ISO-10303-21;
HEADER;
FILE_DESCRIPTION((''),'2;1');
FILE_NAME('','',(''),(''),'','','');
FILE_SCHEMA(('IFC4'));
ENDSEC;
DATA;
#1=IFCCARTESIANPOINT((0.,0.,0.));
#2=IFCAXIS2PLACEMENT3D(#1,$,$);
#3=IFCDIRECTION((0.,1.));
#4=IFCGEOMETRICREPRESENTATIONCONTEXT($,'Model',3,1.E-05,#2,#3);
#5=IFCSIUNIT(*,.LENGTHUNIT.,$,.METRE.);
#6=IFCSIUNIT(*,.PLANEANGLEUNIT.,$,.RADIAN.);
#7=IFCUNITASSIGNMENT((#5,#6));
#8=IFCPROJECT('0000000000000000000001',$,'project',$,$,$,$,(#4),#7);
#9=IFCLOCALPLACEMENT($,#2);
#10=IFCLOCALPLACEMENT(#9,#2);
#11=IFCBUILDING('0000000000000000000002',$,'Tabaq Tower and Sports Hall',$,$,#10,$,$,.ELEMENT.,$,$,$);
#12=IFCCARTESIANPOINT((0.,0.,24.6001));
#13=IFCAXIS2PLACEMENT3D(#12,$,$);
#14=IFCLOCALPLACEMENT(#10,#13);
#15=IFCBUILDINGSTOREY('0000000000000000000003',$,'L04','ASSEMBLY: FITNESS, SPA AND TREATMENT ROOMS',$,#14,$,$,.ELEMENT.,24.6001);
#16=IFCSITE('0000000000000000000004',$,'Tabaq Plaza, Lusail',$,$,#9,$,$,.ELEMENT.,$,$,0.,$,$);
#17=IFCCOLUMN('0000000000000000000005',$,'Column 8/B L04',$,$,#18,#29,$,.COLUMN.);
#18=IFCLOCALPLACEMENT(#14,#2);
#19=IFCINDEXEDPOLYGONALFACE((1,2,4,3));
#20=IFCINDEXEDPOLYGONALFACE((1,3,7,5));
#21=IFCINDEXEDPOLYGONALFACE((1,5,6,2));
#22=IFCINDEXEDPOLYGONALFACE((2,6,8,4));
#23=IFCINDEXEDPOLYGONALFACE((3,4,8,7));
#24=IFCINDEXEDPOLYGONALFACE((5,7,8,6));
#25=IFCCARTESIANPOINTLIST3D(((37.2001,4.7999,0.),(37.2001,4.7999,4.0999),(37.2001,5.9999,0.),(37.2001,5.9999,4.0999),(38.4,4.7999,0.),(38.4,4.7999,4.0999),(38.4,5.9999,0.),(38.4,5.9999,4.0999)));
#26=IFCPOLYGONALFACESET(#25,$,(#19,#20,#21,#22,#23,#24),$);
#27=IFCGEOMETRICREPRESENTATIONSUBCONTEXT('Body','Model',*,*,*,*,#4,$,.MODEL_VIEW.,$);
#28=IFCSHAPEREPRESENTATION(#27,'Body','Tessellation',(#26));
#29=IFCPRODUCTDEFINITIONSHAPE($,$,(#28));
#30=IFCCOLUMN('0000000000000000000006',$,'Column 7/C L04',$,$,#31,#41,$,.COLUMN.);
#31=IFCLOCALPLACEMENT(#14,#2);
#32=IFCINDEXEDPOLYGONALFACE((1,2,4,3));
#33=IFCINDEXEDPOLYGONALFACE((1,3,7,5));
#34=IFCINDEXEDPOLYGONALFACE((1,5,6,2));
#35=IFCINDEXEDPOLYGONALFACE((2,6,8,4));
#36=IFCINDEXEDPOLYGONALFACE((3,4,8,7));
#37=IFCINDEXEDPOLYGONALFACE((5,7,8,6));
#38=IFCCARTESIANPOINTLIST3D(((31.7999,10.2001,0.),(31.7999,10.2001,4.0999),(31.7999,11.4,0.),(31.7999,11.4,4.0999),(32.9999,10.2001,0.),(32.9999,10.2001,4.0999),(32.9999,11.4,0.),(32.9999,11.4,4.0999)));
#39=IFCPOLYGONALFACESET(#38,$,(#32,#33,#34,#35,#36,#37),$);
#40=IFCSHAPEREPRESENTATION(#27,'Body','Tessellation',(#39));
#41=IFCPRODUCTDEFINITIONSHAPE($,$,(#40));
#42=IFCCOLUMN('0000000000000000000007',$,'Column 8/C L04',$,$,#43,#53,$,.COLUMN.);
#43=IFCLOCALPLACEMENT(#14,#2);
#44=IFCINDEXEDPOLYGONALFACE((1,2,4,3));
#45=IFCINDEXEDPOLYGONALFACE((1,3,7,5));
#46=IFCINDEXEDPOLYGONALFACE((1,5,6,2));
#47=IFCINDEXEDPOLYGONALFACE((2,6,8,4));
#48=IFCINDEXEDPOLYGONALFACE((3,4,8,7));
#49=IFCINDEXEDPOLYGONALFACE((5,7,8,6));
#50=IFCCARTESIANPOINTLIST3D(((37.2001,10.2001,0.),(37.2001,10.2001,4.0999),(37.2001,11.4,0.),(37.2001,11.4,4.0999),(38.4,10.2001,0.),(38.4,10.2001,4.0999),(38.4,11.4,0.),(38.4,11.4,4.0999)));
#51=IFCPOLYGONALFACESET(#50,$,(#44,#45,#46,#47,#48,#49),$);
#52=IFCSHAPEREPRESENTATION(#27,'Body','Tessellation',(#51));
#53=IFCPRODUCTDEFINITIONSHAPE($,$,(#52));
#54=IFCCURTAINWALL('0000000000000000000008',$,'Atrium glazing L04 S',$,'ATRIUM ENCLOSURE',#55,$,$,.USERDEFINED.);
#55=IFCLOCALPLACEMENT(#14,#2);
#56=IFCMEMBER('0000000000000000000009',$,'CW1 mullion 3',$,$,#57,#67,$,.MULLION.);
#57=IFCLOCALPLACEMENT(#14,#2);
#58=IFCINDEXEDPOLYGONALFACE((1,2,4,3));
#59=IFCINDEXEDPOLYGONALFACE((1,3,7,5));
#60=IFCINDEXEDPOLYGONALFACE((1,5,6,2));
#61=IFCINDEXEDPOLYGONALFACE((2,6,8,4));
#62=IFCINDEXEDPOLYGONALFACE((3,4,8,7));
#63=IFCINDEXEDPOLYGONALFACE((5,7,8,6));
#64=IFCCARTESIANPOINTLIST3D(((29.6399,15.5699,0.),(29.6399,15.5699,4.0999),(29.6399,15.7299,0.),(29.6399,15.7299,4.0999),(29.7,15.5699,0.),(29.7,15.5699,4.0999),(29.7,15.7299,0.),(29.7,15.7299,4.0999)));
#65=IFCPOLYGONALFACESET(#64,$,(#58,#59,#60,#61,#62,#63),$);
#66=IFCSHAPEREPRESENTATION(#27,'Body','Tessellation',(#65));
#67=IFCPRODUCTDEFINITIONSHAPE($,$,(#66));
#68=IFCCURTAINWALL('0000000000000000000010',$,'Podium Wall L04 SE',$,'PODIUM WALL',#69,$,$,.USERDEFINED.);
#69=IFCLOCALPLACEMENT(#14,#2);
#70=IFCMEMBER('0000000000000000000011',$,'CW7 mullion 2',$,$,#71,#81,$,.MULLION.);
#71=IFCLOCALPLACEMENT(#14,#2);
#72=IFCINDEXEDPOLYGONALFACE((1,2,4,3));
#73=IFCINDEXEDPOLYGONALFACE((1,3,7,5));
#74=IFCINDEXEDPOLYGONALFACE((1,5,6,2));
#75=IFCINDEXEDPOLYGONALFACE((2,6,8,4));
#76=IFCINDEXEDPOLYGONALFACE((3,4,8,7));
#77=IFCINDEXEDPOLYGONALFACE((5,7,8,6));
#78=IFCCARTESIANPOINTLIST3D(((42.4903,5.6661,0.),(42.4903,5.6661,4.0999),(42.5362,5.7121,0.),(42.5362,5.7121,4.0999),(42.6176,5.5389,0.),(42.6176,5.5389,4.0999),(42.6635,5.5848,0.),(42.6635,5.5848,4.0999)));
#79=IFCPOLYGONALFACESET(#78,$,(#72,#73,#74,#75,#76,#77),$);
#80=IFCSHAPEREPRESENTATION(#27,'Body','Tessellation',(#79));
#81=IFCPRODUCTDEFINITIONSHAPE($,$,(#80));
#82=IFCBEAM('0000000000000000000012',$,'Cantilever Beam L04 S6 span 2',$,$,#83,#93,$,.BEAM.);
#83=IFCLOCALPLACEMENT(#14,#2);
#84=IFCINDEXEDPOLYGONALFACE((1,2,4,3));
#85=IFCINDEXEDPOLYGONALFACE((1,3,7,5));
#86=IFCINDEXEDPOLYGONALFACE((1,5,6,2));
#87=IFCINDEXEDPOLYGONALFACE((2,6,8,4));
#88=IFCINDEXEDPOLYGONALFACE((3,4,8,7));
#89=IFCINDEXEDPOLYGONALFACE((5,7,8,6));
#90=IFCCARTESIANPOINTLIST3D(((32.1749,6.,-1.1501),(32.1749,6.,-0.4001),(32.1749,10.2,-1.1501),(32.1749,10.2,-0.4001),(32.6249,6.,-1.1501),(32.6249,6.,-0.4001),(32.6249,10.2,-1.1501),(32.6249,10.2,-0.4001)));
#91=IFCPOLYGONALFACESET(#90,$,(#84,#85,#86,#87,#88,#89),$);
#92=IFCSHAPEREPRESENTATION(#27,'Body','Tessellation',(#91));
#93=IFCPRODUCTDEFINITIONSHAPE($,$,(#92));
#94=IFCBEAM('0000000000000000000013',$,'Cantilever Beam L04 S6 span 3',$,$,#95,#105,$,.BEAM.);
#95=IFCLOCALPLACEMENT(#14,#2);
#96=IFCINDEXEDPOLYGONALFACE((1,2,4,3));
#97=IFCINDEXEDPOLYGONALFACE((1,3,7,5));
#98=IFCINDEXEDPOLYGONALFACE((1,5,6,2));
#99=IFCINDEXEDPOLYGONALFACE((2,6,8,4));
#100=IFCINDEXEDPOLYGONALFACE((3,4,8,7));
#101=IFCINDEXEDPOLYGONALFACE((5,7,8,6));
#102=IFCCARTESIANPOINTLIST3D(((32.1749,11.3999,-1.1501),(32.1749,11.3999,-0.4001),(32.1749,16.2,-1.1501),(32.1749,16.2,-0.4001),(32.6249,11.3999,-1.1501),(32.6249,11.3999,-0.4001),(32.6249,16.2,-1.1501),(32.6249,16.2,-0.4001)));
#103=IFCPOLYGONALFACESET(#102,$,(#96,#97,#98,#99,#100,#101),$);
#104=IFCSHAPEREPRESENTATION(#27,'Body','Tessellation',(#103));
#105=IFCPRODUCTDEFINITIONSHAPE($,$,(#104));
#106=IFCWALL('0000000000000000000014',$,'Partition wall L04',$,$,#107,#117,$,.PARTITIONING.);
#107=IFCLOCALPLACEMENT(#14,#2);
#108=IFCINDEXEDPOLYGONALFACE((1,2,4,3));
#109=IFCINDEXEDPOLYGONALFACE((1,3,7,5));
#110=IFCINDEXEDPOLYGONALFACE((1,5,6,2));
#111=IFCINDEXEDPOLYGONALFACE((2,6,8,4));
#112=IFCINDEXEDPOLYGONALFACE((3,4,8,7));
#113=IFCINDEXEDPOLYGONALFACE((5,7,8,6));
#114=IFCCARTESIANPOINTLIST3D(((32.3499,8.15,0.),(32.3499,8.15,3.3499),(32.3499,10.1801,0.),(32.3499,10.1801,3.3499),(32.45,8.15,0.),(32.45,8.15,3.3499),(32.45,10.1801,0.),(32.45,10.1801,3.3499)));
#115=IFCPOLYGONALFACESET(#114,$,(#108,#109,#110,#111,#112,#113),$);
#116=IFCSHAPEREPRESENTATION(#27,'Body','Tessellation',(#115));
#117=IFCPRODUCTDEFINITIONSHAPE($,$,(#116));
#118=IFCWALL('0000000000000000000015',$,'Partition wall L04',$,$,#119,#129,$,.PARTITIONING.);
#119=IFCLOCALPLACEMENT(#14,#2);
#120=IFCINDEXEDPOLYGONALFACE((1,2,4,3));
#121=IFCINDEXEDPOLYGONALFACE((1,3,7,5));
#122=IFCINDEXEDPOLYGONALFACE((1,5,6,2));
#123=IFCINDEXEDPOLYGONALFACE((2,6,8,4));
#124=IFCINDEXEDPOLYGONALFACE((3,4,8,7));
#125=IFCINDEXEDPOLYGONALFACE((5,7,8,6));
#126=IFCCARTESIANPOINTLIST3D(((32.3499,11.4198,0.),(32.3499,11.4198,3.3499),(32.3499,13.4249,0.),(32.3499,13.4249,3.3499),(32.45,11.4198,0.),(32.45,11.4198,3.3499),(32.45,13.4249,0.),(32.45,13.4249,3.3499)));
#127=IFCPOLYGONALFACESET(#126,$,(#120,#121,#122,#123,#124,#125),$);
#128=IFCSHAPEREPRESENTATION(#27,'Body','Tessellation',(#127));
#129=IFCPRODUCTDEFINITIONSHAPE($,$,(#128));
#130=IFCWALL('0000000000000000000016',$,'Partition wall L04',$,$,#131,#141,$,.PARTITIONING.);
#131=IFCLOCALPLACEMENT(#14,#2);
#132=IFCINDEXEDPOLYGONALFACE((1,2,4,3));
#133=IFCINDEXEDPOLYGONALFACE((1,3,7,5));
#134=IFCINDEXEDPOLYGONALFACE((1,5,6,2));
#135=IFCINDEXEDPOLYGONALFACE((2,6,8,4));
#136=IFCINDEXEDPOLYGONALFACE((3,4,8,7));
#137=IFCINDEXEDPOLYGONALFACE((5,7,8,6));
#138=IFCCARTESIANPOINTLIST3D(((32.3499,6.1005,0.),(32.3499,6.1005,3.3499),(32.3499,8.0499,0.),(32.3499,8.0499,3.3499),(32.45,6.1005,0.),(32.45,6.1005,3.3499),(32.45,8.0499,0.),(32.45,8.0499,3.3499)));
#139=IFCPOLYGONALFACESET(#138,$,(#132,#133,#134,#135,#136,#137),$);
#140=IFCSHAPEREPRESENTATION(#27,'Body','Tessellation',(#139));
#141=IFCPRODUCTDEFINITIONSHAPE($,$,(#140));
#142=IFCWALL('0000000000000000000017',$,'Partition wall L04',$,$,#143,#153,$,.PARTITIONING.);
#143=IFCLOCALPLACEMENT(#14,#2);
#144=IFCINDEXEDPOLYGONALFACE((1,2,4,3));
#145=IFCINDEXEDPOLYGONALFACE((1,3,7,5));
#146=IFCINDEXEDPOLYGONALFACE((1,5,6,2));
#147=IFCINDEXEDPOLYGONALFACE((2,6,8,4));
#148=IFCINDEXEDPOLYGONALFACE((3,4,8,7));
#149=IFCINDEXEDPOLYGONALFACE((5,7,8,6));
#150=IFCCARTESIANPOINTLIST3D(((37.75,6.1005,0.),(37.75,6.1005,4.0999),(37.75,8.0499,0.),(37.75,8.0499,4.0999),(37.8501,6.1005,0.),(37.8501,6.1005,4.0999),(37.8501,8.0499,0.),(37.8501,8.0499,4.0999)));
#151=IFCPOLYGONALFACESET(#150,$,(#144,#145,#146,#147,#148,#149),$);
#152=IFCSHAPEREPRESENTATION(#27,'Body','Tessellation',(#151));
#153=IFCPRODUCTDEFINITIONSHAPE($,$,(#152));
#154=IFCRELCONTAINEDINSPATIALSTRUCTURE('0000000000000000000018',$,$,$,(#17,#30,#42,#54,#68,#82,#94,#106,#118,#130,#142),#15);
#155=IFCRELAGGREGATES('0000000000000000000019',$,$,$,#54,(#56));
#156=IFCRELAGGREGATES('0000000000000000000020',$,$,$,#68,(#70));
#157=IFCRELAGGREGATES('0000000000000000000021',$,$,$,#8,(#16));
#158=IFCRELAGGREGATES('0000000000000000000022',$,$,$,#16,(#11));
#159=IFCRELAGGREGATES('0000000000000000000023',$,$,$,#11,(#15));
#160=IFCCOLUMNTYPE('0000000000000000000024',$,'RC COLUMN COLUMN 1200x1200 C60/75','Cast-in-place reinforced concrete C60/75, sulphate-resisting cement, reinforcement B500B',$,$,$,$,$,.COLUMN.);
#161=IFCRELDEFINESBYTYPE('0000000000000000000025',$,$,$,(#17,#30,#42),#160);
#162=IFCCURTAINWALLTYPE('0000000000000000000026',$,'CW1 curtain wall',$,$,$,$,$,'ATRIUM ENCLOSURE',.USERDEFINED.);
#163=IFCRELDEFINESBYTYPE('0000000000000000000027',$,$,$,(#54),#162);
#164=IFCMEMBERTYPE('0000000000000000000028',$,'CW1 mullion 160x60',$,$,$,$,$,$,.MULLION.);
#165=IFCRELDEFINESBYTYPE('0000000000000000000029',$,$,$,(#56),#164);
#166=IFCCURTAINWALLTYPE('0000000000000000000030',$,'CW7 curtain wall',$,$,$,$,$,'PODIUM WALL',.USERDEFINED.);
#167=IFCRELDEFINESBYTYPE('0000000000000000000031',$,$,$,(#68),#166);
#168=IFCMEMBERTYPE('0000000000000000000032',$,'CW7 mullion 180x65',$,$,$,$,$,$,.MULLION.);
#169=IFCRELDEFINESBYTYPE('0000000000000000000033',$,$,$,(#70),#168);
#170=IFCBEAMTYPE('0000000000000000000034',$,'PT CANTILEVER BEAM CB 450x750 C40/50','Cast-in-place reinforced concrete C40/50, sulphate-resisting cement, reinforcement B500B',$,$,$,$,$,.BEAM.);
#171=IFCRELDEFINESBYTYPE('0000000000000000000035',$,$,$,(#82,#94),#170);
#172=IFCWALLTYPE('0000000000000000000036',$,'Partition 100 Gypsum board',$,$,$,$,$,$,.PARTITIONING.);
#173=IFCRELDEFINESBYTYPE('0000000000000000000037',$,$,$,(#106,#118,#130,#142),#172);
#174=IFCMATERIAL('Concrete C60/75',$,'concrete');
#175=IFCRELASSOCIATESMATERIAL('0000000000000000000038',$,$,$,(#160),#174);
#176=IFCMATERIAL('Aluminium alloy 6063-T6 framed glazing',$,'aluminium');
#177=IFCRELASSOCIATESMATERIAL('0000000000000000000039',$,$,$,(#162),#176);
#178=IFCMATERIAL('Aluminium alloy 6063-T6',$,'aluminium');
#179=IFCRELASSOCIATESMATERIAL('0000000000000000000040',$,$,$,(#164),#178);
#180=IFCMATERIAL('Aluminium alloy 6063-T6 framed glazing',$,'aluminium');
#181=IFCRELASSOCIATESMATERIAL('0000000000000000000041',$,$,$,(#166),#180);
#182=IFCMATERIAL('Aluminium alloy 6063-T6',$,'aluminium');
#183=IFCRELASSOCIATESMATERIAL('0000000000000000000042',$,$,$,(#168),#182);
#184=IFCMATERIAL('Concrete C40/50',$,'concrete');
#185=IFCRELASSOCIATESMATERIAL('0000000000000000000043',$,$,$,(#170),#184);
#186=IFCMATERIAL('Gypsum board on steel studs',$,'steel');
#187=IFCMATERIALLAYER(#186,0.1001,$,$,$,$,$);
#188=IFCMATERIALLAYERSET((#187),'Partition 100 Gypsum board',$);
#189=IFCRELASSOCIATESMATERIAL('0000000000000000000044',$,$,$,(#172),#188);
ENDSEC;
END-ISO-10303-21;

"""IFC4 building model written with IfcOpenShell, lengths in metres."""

from ifc_helpers import new_model, si_unit, direction, frame, frame_2d, origin, origin_2d, place, context, subcontext, project, spatial, rectangle, extrude, material, layer, layer_set, material_profile, profile_set, type_object, element, aggregate, save


model = new_model("IFC4")

# Units and contexts
model_context = context("Model", 3, precision=1e-05, world=origin(), true_north=direction((0.0, 1.0)))
body_context = subcontext(model_context, "Body", "Model", "MODEL_VIEW")
ifc_project = project(units=[si_unit("LENGTHUNIT", "METRE"), si_unit("PLANEANGLEUNIT", "RADIAN")], contexts=[model_context])

# Site, building, storey
site_placement = place(None, origin())
site = spatial("IfcSite", under=ifc_project, at=site_placement, Name="Tabaq Plaza, Lusail", CompositionType="ELEMENT", RefElevation=0.0)
building_placement = place(site_placement, origin())
building = spatial("IfcBuilding", under=site, at=building_placement, Name="Tabaq Tower and Sports Hall", CompositionType="ELEMENT")
storey_placement = place(building_placement, frame((0.0, 0.0, 24.6001)))
storey = spatial("IfcBuildingStorey", under=building, at=storey_placement, Name="L04", Description="ASSEMBLY: FITNESS, SPA AND TREATMENT ROOMS", CompositionType="ELEMENT", Elevation=24.6001)

# Columns
ifc_material_1 = material(Name="Concrete C60/75", Category="concrete")
ifc_material_profile_1 = material_profile(ifc_material_1, rectangle(XDim=1.2, YDim=1.2, at=origin_2d()), Name="COLUMN 1200x1200")
ifc_profile_set_1 = profile_set([ifc_material_profile_1], Name="Concrete C60/75")
column_type = type_object("IfcColumnType", Name="RC COLUMN COLUMN 1200x1200 C60/75", Description="Cast-in-place reinforced concrete C60/75, sulphate-resisting cement, reinforcement B500B", PredefinedType="COLUMN", material=ifc_profile_set_1)
for number, where, z_axis, x_axis, name in (
    (1, (37.8, 5.3999, 0.0), (0.0, 0.0, 1.0), (1.0, 0.0, 0.0), "Column 8/B L04"),
    (2, (32.3999, 10.8, 0.0), (0.0, 0.0, 1.0), (1.0, 0.0, 0.0), "Column 7/C L04"),
    (3, (37.8, 10.8, 0.0), (0.0, 0.0, 1.0), (1.0, 0.0, 0.0), "Column 8/C L04"),
):
    element("IfcColumn", number, at=place(storey_placement, frame(where, z_axis=z_axis, x_axis=x_axis)), inside=storey, type_object=column_type, Name=name, PredefinedType="COLUMN", context=body_context, shape_type="SweptSolid", body=[
        extrude(rectangle(XDim=1.2, YDim=1.2, at=origin_2d()), origin(), (0.0, 0.0, 1.0), 4.0999),
    ])

# Curtain walls, members
ifc_material_2 = material(Name="Aluminium alloy 6063-T6 framed glazing", Category="aluminium")
curtain_wall_type_1 = type_object("IfcCurtainWallType", Name="CW1 curtain wall", ElementType="ATRIUM ENCLOSURE", PredefinedType="USERDEFINED", material=ifc_material_2)
curtain_wall_1_placement = place(storey_placement, origin())
curtain_wall_1 = element("IfcCurtainWall", 4, at=curtain_wall_1_placement, inside=storey, type_object=curtain_wall_type_1, Name="Atrium glazing L04 S", ObjectType="ATRIUM ENCLOSURE", PredefinedType="USERDEFINED")
ifc_material_3 = material(Name="Aluminium alloy 6063-T6", Category="aluminium")
ifc_material_profile_2 = material_profile(ifc_material_3, rectangle(XDim=0.1599, YDim=0.0601, at=origin_2d()), Name="MULLION 160x60")
ifc_profile_set_2 = profile_set([ifc_material_profile_2], Name="Aluminium alloy 6063-T6")
member_type_1 = type_object("IfcMemberType", Name="CW1 mullion 160x60", PredefinedType="MULLION", material=ifc_profile_set_2)
member_1_placement = place(storey_placement, frame((29.6699, 15.6499, 0.0), z_axis=(0.0, 0.0, 1.0), x_axis=(0.0, 1.0, 0.0)))
member_1 = element("IfcMember", 5, at=member_1_placement, type_object=member_type_1, Name="CW1 mullion 3", PredefinedType="MULLION", context=body_context, shape_type="SweptSolid", body=[
    extrude(rectangle(XDim=0.1599, YDim=0.0601, at=origin_2d()), origin(), (0.0, 0.0, 1.0), 4.0999),
])
aggregate(curtain_wall_1, [member_1])
ifc_material_4 = material(Name="Aluminium alloy 6063-T6 framed glazing", Category="aluminium")
curtain_wall_type_2 = type_object("IfcCurtainWallType", Name="CW7 curtain wall", ElementType="PODIUM WALL", PredefinedType="USERDEFINED", material=ifc_material_4)
curtain_wall_2_placement = place(storey_placement, origin())
curtain_wall_2 = element("IfcCurtainWall", 6, at=curtain_wall_2_placement, inside=storey, type_object=curtain_wall_type_2, Name="Podium Wall L04 SE", ObjectType="PODIUM WALL", PredefinedType="USERDEFINED")
ifc_material_5 = material(Name="Aluminium alloy 6063-T6", Category="aluminium")
ifc_material_profile_3 = material_profile(ifc_material_5, rectangle(XDim=0.1799, YDim=0.0649, at=origin_2d()), Name="MULLION 180x65")
ifc_profile_set_3 = profile_set([ifc_material_profile_3], Name="Aluminium alloy 6063-T6")
member_type_2 = type_object("IfcMemberType", Name="CW7 mullion 180x65", PredefinedType="MULLION", material=ifc_profile_set_3)
member_2_placement = place(storey_placement, frame((42.5769, 5.6255, 0.0), z_axis=(0.0, 0.0, 1.0), x_axis=(-0.707107, 0.707107, 0.0)))
member_2 = element("IfcMember", 7, at=member_2_placement, type_object=member_type_2, Name="CW7 mullion 2", PredefinedType="MULLION", context=body_context, shape_type="SweptSolid", body=[
    extrude(rectangle(XDim=0.1799, YDim=0.0649, at=origin_2d()), origin(), (0.0, 0.0, 1.0), 4.0999),
])
aggregate(curtain_wall_2, [member_2])

# Beams
ifc_material_6 = material(Name="Concrete C40/50", Category="concrete")
ifc_material_profile_4 = material_profile(ifc_material_6, rectangle(XDim=0.45, YDim=0.75, at=origin_2d()), Name="CB 450x750")
ifc_profile_set_4 = profile_set([ifc_material_profile_4], Name="Concrete C40/50")
beam_type = type_object("IfcBeamType", Name="PT CANTILEVER BEAM CB 450x750 C40/50", Description="Cast-in-place reinforced concrete C40/50, sulphate-resisting cement, reinforcement B500B", PredefinedType="BEAM", material=ifc_profile_set_4)
beam_1_placement = place(storey_placement, frame((32.3999, 6.0, -0.7751), z_axis=(0.0, 1.0, 0.0), x_axis=(-1.0, 0.0, 0.0)))
element("IfcBeam", 8, at=beam_1_placement, inside=storey, type_object=beam_type, Name="Cantilever Beam L04 S6 span 2", PredefinedType="BEAM", context=body_context, shape_type="SweptSolid", body=[
    extrude(rectangle(XDim=0.45, YDim=0.75, at=origin_2d()), origin(), (0.0, 0.0, 1.0), 4.2),
])
beam_2_placement = place(storey_placement, frame((32.3999, 11.3999, -0.7751), z_axis=(0.0, 1.0, 0.0), x_axis=(-1.0, 0.0, 0.0)))
element("IfcBeam", 9, at=beam_2_placement, inside=storey, type_object=beam_type, Name="Cantilever Beam L04 S6 span 3", PredefinedType="BEAM", context=body_context, shape_type="SweptSolid", body=[
    extrude(rectangle(XDim=0.45, YDim=0.75, at=origin_2d()), origin(), (0.0, 0.0, 1.0), 4.8),
])

# Walls
ifc_material_7 = material(Name="Gypsum board on steel studs", Category="steel")
ifc_layer = layer(ifc_material_7, 0.1001)
ifc_layer_set = layer_set([ifc_layer], Name="Partition 100 Gypsum board")
wall_type = type_object("IfcWallType", Name="Partition 100 Gypsum board", PredefinedType="PARTITIONING", material=ifc_layer_set)
wall_1_placement = place(storey_placement, frame((32.3999, 8.1499, 0.0), z_axis=(0.0, 0.0, 1.0), x_axis=(0.0, 1.0, 0.0)))
element("IfcWall", 10, at=wall_1_placement, inside=storey, type_object=wall_type, Name="Partition wall L04", PredefinedType="PARTITIONING", context=body_context, shape_type="SweptSolid", body=[
    extrude(rectangle(XDim=2.03, YDim=0.1001, at=frame_2d((1.0151, 0.0))), origin(), (0.0, 0.0, 1.0), 3.3499),
])
wall_2_placement = place(storey_placement, frame((32.3999, 11.4199, 0.0), z_axis=(0.0, 0.0, 1.0), x_axis=(0.0, 1.0, 0.0)))
element("IfcWall", 11, at=wall_2_placement, inside=storey, type_object=wall_type, Name="Partition wall L04", PredefinedType="PARTITIONING", context=body_context, shape_type="SweptSolid", body=[
    extrude(rectangle(XDim=2.0051, YDim=0.1001, at=frame_2d((1.0024, 0.0))), origin(), (0.0, 0.0, 1.0), 3.3499),
])
wall_3_placement = place(storey_placement, frame((32.3999, 6.1006, 0.0), z_axis=(0.0, 0.0, 1.0), x_axis=(0.0, 1.0, 0.0)))
element("IfcWall", 12, at=wall_3_placement, inside=storey, type_object=wall_type, Name="Partition wall L04", PredefinedType="PARTITIONING", context=body_context, shape_type="SweptSolid", body=[
    extrude(rectangle(XDim=1.9495, YDim=0.1001, at=frame_2d((0.9746, 0.0))), origin(), (0.0, 0.0, 1.0), 3.3499),
])
wall_4_placement = place(storey_placement, frame((37.8, 6.1006, 0.0), z_axis=(0.0, 0.0, 1.0), x_axis=(0.0, 1.0, 0.0)))
element("IfcWall", 13, at=wall_4_placement, inside=storey, type_object=wall_type, Name="Partition wall L04", PredefinedType="PARTITIONING", context=body_context, shape_type="SweptSolid", body=[
    extrude(rectangle(XDim=1.9495, YDim=0.1001, at=frame_2d((0.9746, 0.0))), origin(), (0.0, 0.0, 1.0), 4.0999),
])

save(model, "model.ifc")
